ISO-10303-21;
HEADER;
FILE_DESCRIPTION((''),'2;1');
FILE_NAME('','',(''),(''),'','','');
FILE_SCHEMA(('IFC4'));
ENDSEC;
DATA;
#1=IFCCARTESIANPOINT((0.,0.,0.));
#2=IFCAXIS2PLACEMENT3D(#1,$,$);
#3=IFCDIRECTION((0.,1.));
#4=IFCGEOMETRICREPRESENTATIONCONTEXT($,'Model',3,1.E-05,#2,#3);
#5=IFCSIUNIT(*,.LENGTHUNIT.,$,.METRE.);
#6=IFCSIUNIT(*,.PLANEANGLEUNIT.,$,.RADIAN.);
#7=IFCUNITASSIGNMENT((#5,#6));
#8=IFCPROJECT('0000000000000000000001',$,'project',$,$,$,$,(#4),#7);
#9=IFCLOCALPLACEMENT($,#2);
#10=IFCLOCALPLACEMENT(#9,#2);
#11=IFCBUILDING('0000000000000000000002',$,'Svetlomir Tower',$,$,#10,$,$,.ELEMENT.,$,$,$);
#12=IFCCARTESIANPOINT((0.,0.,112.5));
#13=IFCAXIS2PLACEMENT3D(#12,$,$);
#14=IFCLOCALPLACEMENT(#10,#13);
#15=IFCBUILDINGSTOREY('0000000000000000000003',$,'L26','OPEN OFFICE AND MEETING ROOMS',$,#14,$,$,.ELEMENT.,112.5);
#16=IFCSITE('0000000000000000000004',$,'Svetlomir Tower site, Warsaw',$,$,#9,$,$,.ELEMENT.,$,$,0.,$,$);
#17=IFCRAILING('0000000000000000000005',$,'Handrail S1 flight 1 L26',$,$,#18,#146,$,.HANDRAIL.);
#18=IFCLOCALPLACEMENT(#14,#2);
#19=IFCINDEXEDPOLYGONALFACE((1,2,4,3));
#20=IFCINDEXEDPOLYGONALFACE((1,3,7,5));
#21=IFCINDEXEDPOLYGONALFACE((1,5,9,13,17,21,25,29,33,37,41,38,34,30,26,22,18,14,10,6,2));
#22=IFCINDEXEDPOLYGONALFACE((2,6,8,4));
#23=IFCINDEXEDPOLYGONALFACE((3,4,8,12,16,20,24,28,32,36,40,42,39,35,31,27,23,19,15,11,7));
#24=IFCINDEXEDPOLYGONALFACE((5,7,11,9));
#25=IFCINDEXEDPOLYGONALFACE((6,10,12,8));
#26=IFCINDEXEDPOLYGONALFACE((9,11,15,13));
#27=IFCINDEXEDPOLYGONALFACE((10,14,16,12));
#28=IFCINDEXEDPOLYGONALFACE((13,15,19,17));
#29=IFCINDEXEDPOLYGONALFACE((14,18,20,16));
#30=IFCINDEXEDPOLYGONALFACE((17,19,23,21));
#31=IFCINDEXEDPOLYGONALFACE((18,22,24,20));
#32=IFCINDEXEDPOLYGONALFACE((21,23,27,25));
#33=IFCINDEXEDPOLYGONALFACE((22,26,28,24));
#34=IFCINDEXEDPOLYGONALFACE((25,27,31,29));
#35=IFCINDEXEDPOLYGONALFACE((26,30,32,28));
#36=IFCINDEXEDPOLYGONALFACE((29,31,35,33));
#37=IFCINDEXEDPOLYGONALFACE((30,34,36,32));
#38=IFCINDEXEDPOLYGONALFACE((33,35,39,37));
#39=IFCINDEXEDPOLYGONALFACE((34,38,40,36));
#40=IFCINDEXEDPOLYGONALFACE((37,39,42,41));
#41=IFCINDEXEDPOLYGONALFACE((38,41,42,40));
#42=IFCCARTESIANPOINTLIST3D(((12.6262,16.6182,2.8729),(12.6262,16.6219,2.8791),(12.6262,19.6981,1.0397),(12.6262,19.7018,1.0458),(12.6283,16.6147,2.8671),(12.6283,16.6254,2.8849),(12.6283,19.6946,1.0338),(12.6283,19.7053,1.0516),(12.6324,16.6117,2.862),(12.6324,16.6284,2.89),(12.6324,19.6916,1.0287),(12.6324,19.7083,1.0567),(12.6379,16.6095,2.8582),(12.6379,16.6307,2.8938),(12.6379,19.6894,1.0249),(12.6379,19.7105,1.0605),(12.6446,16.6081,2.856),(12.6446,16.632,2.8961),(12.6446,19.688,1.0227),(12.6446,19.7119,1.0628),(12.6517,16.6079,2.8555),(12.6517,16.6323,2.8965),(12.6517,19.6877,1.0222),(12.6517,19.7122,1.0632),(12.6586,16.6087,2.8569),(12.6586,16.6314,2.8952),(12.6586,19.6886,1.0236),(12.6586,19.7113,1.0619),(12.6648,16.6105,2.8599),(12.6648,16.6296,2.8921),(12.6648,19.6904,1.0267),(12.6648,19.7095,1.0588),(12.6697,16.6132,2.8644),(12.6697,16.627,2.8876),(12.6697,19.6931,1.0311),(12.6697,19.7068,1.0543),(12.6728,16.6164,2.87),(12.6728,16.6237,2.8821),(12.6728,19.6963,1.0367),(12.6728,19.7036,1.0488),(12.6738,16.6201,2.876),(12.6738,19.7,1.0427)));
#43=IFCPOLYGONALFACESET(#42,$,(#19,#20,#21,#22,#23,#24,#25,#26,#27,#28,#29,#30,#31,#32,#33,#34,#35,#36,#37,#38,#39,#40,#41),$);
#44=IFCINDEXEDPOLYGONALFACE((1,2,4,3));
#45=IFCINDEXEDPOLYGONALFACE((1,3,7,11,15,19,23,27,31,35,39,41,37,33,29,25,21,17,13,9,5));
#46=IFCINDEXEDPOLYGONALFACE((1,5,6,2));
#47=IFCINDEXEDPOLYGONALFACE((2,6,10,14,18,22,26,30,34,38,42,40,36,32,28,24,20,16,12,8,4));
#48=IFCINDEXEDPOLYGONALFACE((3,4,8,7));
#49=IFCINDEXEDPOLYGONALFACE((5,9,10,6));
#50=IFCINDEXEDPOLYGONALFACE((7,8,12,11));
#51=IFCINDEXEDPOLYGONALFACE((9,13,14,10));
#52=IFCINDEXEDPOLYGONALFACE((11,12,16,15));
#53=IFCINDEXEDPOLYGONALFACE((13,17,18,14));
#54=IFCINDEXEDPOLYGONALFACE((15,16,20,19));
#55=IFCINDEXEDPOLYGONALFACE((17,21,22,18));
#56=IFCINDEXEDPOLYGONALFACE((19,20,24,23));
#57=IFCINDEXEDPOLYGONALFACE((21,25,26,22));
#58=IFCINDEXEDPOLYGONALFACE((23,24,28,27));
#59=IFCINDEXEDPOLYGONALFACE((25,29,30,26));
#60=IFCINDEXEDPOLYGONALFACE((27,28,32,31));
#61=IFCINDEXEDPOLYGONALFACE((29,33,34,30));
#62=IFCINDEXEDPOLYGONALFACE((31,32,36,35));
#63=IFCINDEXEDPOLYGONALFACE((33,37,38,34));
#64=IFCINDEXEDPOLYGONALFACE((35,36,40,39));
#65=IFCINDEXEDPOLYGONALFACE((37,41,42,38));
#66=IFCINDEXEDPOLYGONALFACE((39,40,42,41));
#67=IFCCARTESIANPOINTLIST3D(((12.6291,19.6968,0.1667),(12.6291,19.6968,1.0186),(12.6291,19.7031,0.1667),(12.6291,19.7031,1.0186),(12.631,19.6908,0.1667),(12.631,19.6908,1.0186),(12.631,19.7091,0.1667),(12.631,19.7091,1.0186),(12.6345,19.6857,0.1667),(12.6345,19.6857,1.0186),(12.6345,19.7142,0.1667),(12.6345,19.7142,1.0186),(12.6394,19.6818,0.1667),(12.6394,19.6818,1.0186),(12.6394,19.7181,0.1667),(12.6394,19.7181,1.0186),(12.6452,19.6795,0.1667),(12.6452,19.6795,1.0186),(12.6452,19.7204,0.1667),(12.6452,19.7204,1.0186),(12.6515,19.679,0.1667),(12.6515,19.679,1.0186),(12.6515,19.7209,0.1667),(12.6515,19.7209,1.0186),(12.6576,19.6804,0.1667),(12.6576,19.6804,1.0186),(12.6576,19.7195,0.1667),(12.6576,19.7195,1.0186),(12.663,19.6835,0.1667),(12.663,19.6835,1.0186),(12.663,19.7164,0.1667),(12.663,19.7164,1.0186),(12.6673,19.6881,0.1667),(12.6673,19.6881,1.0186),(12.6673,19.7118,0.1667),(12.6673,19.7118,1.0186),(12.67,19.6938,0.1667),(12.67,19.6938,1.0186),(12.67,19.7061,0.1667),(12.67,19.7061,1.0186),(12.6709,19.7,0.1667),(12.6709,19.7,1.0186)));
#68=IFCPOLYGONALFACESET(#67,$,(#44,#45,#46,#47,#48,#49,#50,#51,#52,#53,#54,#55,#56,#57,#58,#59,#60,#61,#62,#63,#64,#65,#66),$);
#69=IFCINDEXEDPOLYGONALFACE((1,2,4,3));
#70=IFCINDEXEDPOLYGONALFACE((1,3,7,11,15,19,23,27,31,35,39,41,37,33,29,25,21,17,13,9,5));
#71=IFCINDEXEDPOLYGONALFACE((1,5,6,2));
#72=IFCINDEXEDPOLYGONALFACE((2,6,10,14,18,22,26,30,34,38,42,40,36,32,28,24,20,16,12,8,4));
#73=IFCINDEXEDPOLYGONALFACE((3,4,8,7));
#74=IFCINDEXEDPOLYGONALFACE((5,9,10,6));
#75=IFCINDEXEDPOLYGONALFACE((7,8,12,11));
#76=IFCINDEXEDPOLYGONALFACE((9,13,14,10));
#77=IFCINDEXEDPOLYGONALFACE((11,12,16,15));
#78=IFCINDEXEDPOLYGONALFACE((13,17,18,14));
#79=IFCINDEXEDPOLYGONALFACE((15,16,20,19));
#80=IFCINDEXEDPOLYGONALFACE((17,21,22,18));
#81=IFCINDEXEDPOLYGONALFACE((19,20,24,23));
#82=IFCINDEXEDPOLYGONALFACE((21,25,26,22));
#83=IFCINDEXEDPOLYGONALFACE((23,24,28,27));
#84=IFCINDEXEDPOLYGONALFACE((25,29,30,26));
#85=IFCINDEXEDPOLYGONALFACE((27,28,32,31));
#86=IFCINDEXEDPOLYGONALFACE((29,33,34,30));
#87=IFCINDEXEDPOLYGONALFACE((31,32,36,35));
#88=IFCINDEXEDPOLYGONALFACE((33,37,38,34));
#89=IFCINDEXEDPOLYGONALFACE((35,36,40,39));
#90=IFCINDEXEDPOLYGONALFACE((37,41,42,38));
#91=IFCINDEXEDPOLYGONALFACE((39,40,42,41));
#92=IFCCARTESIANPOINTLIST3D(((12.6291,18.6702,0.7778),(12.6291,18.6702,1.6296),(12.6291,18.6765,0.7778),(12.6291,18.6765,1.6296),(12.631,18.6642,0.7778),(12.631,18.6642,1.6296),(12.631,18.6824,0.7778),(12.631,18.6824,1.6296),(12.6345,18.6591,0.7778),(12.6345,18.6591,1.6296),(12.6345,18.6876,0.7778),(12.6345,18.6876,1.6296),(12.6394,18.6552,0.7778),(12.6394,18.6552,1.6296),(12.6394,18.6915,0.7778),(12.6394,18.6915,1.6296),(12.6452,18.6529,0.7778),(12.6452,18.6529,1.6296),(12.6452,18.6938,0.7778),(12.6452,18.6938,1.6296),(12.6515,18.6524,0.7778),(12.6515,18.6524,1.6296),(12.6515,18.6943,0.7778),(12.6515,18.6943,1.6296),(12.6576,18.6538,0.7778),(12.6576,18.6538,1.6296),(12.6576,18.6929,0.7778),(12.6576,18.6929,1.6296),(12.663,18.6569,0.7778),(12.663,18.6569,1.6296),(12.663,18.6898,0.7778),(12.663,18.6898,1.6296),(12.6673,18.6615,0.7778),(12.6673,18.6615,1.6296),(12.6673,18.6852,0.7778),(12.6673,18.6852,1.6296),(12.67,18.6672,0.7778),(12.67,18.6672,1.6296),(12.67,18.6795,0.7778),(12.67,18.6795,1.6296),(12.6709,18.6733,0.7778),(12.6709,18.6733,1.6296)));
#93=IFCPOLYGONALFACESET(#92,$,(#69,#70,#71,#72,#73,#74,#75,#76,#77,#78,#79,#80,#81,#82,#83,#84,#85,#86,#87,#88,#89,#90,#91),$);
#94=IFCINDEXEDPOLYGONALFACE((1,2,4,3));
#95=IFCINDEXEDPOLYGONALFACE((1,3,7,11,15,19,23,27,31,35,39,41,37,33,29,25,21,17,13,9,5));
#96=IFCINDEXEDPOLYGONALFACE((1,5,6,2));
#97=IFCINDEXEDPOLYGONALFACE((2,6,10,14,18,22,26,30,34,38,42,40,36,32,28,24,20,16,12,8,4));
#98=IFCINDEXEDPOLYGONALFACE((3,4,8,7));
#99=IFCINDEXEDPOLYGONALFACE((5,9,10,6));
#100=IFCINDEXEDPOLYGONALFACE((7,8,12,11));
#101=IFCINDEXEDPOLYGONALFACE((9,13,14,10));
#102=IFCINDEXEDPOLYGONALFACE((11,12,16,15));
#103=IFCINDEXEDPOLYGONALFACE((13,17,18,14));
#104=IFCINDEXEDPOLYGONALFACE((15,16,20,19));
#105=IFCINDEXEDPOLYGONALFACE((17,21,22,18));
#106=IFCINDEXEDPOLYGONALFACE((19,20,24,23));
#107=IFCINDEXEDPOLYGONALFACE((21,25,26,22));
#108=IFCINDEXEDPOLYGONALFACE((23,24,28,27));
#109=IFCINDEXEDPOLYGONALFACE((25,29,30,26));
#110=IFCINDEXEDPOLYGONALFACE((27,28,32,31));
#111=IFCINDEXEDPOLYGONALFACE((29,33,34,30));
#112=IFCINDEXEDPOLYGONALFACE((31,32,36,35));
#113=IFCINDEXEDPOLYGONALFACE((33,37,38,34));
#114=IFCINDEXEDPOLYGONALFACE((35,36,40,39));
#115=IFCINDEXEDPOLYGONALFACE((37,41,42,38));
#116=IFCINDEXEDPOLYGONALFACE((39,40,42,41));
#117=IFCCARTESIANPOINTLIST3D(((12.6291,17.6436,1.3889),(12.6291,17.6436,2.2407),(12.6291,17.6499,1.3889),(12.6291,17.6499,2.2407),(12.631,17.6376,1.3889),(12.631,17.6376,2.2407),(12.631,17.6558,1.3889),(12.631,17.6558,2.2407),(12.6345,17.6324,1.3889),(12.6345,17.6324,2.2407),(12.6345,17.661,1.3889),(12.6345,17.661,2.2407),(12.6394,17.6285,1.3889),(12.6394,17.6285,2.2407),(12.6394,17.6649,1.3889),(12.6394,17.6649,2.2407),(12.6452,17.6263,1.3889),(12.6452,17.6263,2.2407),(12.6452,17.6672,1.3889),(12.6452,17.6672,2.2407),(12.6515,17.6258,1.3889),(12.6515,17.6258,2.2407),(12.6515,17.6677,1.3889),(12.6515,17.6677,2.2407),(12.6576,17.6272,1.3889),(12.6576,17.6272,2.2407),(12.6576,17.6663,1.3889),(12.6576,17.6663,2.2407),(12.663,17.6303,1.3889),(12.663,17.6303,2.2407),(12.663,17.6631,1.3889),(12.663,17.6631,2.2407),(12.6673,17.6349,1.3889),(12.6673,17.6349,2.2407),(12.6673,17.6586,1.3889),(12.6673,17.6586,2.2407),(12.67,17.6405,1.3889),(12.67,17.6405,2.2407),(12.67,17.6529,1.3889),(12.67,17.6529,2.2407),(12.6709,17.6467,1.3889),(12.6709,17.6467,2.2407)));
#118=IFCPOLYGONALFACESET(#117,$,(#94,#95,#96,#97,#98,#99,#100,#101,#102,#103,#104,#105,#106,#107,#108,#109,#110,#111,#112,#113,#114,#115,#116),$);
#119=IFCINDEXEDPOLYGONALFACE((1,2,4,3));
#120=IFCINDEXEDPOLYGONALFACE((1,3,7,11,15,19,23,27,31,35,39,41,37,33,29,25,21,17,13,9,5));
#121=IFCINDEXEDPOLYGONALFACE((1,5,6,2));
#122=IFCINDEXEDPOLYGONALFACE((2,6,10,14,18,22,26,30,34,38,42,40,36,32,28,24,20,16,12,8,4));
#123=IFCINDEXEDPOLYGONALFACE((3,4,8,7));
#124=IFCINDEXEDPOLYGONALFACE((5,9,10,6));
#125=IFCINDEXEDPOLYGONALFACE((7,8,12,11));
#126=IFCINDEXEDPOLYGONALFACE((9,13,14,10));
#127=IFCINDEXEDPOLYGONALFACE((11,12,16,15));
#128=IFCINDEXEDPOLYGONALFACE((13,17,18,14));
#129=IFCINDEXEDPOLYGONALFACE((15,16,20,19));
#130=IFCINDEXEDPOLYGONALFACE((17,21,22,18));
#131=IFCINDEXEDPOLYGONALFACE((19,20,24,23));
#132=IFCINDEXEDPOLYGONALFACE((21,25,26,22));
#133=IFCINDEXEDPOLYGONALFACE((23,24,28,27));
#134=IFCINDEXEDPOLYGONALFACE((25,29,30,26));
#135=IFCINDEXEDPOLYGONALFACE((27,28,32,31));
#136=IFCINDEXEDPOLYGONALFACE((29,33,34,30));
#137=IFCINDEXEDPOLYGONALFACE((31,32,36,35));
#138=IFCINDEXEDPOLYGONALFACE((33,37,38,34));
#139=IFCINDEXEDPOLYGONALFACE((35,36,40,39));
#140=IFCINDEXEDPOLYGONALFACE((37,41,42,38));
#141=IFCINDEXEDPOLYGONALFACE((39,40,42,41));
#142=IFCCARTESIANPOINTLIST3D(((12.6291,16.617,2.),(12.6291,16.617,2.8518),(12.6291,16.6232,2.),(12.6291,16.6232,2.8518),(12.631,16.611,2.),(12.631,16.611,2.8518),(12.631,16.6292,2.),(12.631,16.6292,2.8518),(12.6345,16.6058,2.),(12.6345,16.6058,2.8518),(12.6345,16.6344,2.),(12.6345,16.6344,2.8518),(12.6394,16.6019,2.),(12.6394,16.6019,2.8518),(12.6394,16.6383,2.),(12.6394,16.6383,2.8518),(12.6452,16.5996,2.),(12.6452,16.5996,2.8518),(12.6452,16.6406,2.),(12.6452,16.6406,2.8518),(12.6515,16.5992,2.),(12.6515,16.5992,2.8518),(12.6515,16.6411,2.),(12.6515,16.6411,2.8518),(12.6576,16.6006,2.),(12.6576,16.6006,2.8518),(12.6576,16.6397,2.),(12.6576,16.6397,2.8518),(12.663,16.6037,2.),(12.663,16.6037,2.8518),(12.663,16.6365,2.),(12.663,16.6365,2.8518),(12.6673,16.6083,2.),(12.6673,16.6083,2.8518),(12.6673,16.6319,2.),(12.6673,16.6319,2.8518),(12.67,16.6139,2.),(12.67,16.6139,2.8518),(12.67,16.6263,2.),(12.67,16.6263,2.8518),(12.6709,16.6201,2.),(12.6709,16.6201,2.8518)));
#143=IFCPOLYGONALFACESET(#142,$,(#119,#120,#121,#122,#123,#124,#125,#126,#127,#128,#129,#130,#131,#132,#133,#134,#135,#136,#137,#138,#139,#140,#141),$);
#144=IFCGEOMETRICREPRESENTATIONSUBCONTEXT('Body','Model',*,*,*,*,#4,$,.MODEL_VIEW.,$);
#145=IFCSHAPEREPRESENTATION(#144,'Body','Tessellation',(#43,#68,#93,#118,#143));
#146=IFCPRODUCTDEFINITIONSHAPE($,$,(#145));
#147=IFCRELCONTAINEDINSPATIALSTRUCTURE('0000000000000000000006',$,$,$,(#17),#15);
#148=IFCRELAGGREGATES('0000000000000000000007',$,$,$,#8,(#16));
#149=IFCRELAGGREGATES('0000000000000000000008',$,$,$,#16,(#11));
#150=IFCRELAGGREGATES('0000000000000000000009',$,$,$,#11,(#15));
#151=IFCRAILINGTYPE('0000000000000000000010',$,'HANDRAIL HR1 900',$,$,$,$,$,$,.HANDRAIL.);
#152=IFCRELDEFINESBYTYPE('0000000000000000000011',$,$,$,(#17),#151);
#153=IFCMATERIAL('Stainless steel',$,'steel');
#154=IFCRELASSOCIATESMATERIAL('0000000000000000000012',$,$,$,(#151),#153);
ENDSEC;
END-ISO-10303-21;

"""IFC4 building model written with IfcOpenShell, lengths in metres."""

from ifc_helpers import new_model, si_unit, direction, frame, origin, origin_2d, place, context, subcontext, project, spatial, circle, extrude, material, type_object, element, save


model = new_model("IFC4")

# Units and contexts
model_context = context("Model", 3, precision=1e-05, world=origin(), true_north=direction((0.0, 1.0)))
body_context = subcontext(model_context, "Body", "Model", "MODEL_VIEW")
ifc_project = project(units=[si_unit("LENGTHUNIT", "METRE"), si_unit("PLANEANGLEUNIT", "RADIAN")], contexts=[model_context])

# Site, building, storey
site_placement = place(None, origin())
site = spatial("IfcSite", under=ifc_project, at=site_placement, Name="Svetlomir Tower site, Warsaw", CompositionType="ELEMENT", RefElevation=0.0)
building_placement = place(site_placement, origin())
building = spatial("IfcBuilding", under=site, at=building_placement, Name="Svetlomir Tower", CompositionType="ELEMENT")
storey_placement = place(building_placement, frame((0.0, 0.0, 112.5)))
storey = spatial("IfcBuildingStorey", under=building, at=storey_placement, Name="L26", Description="OPEN OFFICE AND MEETING ROOMS", CompositionType="ELEMENT", Elevation=112.5)

# Railing
ifc_material_1 = material(Name="Stainless steel", Category="steel")
railing_type = type_object("IfcRailingType", Name="HANDRAIL HR1 900", PredefinedType="HANDRAIL", material=ifc_material_1)
railing_placement = place(storey_placement, frame((12.6499, 19.7, 0.1667)))
element("IfcRailing", 1, at=railing_placement, inside=storey, type_object=railing_type, Name="Handrail S1 flight 1 L26", PredefinedType="HANDRAIL", context=body_context, shape_type="SweptSolid", body=[
    extrude(circle(Radius=0.0239, at=origin_2d()), frame((0.0, 0.0, 0.876), z_axis=(0.0, -0.859291, 0.511487), x_axis=(1.0, 0.0, 0.0)), (0.0, 0.0, 1.0), 3.5842),
    extrude(circle(Radius=0.021, at=origin_2d()), origin(), (0.0, 0.0, 1.0), 0.8518),
    extrude(circle(Radius=0.021, at=origin_2d()), frame((0.0, -1.0266, 0.6111)), (0.0, 0.0, 1.0), 0.8518),
    extrude(circle(Radius=0.021, at=origin_2d()), frame((0.0, -2.0532, 1.2222)), (0.0, 0.0, 1.0), 0.8518),
    extrude(circle(Radius=0.021, at=origin_2d()), frame((0.0, -3.0798, 1.8333)), (0.0, 0.0, 1.0), 0.8518),
])

save(model, "model.ifc")
